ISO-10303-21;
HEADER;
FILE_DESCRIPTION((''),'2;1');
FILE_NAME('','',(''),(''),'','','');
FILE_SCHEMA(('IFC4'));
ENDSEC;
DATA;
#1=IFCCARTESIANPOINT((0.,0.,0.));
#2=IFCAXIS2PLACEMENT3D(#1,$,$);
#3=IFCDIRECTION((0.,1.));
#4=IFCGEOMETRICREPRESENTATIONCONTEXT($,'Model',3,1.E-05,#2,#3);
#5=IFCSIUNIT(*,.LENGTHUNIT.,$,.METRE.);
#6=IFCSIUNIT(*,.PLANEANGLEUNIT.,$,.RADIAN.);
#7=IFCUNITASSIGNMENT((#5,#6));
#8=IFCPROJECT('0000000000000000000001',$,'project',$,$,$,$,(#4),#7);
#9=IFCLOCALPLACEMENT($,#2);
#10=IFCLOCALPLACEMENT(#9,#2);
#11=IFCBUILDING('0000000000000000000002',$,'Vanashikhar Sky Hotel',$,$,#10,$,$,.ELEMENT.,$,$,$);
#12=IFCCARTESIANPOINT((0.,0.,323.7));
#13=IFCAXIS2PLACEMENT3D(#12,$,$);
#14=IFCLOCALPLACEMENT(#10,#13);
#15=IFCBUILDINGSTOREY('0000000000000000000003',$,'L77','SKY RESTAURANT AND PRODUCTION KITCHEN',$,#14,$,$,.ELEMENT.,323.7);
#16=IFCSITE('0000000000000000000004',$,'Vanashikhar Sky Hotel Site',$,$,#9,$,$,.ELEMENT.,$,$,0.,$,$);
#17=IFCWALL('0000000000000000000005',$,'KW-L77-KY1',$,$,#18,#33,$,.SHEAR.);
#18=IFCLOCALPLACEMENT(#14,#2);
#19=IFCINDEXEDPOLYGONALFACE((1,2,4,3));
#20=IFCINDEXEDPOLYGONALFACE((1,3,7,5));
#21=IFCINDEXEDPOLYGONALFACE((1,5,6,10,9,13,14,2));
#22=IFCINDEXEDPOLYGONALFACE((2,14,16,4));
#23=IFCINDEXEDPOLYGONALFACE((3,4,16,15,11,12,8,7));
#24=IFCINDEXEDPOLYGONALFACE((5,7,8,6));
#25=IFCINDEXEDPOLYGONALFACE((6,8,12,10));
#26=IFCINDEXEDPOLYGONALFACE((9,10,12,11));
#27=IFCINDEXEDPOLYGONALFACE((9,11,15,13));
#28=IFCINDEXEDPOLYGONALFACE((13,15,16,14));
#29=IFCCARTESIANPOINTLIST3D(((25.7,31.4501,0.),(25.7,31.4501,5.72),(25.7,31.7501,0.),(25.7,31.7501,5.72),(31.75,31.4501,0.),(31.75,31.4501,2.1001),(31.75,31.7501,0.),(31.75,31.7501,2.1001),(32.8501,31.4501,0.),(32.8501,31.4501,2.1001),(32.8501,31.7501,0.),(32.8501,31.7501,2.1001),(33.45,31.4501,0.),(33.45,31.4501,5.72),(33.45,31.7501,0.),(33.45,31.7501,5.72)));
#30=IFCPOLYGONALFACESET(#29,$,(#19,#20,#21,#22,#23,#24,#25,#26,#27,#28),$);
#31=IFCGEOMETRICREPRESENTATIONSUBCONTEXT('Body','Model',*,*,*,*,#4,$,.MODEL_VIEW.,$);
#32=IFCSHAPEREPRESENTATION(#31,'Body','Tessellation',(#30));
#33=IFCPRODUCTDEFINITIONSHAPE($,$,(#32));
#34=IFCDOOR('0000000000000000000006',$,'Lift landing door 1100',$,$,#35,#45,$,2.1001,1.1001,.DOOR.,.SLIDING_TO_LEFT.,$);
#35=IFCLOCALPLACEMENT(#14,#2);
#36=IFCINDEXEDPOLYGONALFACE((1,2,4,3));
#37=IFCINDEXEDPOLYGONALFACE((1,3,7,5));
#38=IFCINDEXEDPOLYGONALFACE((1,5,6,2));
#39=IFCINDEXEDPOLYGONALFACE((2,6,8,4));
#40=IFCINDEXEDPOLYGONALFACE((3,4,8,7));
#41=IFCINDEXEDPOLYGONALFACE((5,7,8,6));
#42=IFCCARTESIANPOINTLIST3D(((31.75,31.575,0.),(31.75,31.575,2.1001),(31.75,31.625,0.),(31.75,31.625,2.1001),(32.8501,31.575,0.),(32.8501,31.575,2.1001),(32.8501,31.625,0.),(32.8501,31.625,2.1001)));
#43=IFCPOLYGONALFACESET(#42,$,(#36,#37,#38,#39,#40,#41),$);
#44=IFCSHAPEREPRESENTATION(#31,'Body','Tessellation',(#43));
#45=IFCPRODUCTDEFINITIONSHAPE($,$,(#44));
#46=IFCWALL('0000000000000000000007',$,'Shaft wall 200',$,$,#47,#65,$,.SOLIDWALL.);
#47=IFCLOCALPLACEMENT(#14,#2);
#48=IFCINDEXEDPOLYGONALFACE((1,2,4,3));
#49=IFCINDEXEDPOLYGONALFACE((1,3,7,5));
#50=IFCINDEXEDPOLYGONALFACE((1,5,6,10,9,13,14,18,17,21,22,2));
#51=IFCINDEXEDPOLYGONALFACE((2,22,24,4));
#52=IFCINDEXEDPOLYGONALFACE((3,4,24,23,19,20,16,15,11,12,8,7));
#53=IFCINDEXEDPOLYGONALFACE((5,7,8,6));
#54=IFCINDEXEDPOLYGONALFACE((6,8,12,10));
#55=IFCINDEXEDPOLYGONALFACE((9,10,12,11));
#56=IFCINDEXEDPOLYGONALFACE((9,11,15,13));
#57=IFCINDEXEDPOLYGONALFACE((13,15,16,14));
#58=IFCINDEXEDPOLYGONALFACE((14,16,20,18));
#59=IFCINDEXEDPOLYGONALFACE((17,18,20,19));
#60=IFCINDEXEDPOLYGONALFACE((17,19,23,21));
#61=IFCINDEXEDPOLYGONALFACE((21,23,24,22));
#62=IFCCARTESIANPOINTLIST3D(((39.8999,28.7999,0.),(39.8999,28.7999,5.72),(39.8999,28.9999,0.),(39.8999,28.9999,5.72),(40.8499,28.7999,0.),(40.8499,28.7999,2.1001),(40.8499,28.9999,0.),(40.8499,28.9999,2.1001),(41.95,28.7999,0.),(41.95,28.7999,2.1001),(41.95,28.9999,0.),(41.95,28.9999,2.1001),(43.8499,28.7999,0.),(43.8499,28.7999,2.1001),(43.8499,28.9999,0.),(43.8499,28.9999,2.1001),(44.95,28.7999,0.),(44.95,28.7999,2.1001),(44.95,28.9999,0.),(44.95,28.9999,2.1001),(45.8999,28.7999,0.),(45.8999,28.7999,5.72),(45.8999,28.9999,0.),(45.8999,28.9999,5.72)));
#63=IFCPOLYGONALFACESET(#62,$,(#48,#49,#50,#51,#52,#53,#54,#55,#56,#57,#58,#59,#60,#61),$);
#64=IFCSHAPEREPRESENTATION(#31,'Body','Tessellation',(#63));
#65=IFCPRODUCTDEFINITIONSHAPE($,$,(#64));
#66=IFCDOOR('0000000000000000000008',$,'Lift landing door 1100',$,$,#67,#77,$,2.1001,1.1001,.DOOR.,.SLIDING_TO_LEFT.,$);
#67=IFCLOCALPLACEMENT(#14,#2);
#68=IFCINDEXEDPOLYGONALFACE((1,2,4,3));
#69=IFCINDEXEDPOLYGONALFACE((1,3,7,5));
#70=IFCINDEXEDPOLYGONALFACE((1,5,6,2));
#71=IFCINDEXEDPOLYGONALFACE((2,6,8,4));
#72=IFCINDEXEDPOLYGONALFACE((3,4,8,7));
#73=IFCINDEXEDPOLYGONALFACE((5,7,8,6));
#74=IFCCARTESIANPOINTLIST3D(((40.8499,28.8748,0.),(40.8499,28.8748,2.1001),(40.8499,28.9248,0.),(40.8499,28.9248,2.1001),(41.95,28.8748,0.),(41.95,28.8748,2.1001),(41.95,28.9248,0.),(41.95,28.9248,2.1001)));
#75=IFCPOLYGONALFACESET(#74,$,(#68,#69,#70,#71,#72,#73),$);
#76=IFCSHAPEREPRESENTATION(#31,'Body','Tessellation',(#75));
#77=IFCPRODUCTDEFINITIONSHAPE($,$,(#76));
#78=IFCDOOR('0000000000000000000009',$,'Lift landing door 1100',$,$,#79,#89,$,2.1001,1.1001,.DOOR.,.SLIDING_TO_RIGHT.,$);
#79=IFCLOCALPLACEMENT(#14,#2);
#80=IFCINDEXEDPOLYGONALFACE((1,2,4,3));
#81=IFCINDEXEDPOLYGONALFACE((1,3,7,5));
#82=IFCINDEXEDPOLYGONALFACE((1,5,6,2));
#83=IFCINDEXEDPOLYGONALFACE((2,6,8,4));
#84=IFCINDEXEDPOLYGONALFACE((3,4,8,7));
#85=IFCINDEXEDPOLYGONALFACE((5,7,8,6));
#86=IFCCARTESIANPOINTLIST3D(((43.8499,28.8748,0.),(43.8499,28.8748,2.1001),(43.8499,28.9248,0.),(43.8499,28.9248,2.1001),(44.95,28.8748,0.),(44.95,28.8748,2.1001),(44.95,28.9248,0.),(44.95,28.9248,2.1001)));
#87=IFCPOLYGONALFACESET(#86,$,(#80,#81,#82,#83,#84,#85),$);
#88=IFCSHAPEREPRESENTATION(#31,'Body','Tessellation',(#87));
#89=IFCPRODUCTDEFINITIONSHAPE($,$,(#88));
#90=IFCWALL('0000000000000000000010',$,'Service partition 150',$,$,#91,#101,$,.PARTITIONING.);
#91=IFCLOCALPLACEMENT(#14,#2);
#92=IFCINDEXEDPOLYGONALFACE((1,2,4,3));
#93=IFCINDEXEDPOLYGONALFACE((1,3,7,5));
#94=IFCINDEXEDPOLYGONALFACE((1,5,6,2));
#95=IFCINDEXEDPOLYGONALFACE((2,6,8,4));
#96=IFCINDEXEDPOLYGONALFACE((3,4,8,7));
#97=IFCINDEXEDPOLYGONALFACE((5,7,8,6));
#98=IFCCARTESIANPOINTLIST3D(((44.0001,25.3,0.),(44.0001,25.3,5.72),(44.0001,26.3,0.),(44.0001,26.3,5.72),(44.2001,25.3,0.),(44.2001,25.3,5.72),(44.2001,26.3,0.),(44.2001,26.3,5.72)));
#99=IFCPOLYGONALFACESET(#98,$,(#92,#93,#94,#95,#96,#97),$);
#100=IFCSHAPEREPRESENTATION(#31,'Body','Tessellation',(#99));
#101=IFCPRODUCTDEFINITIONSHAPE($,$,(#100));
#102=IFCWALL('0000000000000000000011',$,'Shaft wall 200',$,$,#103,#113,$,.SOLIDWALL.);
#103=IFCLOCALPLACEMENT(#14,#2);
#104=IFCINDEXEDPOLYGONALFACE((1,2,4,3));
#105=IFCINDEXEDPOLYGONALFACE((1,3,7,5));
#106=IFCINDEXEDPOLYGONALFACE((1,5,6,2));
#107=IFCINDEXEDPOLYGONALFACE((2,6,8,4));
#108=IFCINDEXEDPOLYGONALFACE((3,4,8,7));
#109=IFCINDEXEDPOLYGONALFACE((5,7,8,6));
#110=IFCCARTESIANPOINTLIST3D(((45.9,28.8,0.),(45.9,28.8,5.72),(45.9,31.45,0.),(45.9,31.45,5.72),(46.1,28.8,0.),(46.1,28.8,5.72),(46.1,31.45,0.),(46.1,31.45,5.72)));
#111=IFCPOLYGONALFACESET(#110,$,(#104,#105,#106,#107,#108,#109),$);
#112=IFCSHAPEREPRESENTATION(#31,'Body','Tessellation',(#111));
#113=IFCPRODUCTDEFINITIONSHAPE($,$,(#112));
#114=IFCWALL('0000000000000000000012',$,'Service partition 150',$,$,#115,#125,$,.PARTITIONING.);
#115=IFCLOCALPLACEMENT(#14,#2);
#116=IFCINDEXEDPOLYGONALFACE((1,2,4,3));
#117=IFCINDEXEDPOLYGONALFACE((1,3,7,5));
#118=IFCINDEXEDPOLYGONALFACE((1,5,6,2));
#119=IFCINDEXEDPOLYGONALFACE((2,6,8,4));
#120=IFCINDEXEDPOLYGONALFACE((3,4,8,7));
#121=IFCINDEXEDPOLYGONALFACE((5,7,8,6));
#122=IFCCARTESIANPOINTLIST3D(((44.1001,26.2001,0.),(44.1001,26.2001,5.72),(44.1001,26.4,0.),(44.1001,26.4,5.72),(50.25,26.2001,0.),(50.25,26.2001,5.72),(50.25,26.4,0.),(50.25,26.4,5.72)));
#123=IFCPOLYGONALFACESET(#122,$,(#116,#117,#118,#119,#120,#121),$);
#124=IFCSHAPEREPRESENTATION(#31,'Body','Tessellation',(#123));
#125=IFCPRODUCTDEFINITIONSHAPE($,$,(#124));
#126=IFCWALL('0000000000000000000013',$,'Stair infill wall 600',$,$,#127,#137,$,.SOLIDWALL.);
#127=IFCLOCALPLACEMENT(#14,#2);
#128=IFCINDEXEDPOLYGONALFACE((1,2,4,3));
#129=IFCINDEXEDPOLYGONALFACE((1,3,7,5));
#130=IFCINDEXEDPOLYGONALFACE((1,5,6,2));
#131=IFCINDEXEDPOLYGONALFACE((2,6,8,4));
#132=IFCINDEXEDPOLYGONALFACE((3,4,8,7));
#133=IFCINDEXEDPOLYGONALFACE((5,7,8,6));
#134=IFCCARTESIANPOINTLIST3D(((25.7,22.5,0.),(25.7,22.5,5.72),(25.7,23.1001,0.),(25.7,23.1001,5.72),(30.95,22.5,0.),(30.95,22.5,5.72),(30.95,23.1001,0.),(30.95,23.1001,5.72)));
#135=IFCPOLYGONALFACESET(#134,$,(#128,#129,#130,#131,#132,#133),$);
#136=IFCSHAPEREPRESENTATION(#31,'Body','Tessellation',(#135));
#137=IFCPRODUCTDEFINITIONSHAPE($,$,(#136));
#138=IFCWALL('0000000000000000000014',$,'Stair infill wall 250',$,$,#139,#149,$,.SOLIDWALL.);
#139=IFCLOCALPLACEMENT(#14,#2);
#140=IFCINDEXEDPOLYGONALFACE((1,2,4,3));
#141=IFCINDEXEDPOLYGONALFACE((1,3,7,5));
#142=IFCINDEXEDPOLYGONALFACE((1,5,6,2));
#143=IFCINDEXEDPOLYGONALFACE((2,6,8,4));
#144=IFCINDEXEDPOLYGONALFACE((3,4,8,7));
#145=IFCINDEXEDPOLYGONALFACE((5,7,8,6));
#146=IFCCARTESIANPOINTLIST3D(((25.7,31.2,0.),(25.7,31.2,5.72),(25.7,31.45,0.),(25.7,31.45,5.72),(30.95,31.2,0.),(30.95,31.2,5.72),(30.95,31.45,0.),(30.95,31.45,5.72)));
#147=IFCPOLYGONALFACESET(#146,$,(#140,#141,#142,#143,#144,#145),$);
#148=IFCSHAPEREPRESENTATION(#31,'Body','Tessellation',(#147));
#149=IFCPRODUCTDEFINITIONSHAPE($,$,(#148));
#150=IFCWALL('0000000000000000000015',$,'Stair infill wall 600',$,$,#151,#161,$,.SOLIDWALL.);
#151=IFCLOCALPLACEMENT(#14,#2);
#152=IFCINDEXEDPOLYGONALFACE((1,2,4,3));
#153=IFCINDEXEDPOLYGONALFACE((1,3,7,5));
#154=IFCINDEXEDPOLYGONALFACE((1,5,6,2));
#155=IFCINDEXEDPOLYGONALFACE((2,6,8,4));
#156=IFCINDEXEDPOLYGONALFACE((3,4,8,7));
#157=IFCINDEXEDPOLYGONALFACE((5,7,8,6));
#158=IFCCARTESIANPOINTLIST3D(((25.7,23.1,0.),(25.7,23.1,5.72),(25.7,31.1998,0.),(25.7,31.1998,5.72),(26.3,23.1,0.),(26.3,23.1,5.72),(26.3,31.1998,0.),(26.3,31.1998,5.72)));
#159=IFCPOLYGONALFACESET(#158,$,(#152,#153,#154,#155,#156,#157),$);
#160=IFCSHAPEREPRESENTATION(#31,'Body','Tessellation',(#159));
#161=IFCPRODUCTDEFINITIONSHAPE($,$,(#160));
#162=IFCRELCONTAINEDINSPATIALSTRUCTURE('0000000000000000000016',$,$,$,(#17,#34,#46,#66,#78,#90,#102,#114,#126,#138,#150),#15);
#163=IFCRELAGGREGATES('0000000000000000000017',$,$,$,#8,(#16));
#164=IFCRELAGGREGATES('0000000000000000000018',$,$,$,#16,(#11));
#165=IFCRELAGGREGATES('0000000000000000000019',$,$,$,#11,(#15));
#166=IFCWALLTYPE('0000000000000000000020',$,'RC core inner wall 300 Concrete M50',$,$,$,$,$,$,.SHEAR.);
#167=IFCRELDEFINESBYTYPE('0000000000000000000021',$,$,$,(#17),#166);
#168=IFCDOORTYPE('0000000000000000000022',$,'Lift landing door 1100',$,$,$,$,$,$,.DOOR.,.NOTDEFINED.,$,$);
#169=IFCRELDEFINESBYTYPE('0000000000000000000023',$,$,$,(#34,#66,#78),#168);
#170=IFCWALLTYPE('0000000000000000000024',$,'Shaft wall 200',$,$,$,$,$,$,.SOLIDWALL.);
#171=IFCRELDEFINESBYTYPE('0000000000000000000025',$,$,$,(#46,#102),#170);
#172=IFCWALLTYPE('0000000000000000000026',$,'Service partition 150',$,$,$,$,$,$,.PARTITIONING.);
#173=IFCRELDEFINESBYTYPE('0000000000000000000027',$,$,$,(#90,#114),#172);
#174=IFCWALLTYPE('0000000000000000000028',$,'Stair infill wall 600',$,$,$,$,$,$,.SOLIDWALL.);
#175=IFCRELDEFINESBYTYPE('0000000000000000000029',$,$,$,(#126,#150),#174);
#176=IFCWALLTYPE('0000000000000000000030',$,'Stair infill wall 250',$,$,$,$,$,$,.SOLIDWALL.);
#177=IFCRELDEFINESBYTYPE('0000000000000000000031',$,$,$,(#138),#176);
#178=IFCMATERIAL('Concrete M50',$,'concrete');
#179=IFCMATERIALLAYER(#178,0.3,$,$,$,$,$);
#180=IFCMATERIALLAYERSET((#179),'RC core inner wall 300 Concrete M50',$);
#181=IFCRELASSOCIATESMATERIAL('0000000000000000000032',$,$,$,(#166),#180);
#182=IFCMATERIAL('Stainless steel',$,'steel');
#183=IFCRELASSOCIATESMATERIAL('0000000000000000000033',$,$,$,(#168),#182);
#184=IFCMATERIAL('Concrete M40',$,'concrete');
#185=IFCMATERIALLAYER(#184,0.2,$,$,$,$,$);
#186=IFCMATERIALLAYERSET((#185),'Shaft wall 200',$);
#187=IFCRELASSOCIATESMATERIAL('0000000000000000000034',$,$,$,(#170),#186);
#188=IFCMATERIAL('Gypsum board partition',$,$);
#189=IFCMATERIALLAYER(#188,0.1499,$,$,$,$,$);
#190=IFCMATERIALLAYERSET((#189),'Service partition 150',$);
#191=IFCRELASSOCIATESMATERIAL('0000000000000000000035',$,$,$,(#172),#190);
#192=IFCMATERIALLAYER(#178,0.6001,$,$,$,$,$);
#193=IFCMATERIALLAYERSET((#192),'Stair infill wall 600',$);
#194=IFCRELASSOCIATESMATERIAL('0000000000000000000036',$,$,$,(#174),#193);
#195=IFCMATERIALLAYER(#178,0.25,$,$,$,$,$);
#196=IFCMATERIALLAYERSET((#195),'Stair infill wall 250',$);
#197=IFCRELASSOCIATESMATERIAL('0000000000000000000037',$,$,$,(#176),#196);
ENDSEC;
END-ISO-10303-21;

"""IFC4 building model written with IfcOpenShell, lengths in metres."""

from ifc_helpers import new_model, si_unit, direction, frame, frame_2d, origin, place, context, subcontext, project, spatial, rectangle, extrude, source, transform, mapped, material, layer, layer_set, type_object, element, fill, save


model = new_model("IFC4")

# Units and contexts
model_context = context("Model", 3, precision=1e-05, world=origin(), true_north=direction((0.0, 1.0)))
body_context = subcontext(model_context, "Body", "Model", "MODEL_VIEW")
ifc_project = project(units=[si_unit("LENGTHUNIT", "METRE"), si_unit("PLANEANGLEUNIT", "RADIAN")], contexts=[model_context])

# Site, building, storey
site_placement = place(None, origin())
site = spatial("IfcSite", under=ifc_project, at=site_placement, Name="Vanashikhar Sky Hotel Site", CompositionType="ELEMENT", RefElevation=0.0)
building_placement = place(site_placement, origin())
building = spatial("IfcBuilding", under=site, at=building_placement, Name="Vanashikhar Sky Hotel", CompositionType="ELEMENT")
storey_placement = place(building_placement, frame((0.0, 0.0, 323.7)))
storey = spatial("IfcBuildingStorey", under=building, at=storey_placement, Name="L77", Description="SKY RESTAURANT AND PRODUCTION KITCHEN", CompositionType="ELEMENT", Elevation=323.7)

# Wall, opening, door
ifc_material_1 = material(Name="Concrete M50", Category="concrete")
ifc_layer_1 = layer(ifc_material_1, 0.3)
ifc_layer_set_1 = layer_set([ifc_layer_1], Name="RC core inner wall 300 Concrete M50")
wall_type_1 = type_object("IfcWallType", Name="RC core inner wall 300 Concrete M50", PredefinedType="SHEAR", material=ifc_layer_set_1)
shared_shape_1 = source(origin(), body_context, "Body", "SweptSolid", [
    extrude(rectangle(XDim=7.75, YDim=0.3, at=frame_2d((3.875, 0.0))), origin(), (0.0, 0.0, 1.0), 5.72),
])
wall_1_placement = place(storey_placement, frame((25.7, 31.6001, 0.0), z_axis=(0.0, 0.0, 1.0), x_axis=(1.0, 0.0, 0.0)))
wall_1 = element("IfcWall", 1, at=wall_1_placement, inside=storey, type_object=wall_type_1, Name="KW-L77-KY1", PredefinedType="SHEAR", context=body_context, shape_type="MappedRepresentation", body=[
    mapped(shared_shape_1, transform((0.0, 0.0, 0.0), scale=1.0)),
])
shared_shape_2 = source(origin(), body_context, "Body", "SweptSolid", [
    extrude(rectangle(XDim=1.1001, YDim=2.1001, at=frame_2d((0.55, 1.05))), frame((0.0, 0.1602, 0.0), z_axis=(0.0, -1.0, 0.0), x_axis=(1.0, 0.0, 0.0)), (0.0, 0.0, 1.0), 0.3201),
])
opening_1_placement = place(wall_1_placement, frame((6.05, 0.0, 0.0)))
opening_1 = element("IfcOpeningElement", 2, at=opening_1_placement, cuts=wall_1, PredefinedType="OPENING", context=body_context, shape_type="MappedRepresentation", body=[
    mapped(shared_shape_2, transform((0.0, 0.0, 0.0), scale=1.0)),
])
ifc_material_2 = material(Name="Stainless steel", Category="steel")
door_type = type_object("IfcDoorType", Name="Lift landing door 1100", OperationType="NOTDEFINED", PredefinedType="DOOR", material=ifc_material_2)
shared_shape_3 = source(origin(), body_context, "Body", "SweptSolid", [
    extrude(rectangle(XDim=1.1001, YDim=2.1001, at=frame_2d((0.55, 1.05))), frame((0.0, 0.0249, 0.0), z_axis=(0.0, -1.0, 0.0), x_axis=(1.0, 0.0, 0.0)), (0.0, 0.0, 1.0), 0.05),
])
door_1_placement = place(opening_1_placement, origin())
door_1 = element("IfcDoor", 3, at=door_1_placement, inside=storey, type_object=door_type, Name="Lift landing door 1100", OperationType="SLIDING_TO_LEFT", OverallHeight=2.1001, OverallWidth=1.1001, PredefinedType="DOOR", context=body_context, shape_type="MappedRepresentation", body=[
    mapped(shared_shape_3, transform((0.0, 0.0, 0.0), scale=1.0)),
])
fill(opening_1, door_1)

# Wall, openings, doors
ifc_material_3 = material(Name="Concrete M40", Category="concrete")
ifc_layer_2 = layer(ifc_material_3, 0.2)
ifc_layer_set_2 = layer_set([ifc_layer_2], Name="Shaft wall 200")
wall_type_2 = type_object("IfcWallType", Name="Shaft wall 200", PredefinedType="SOLIDWALL", material=ifc_layer_set_2)
shared_shape_4 = source(origin(), body_context, "Body", "SweptSolid", [
    extrude(rectangle(XDim=6.0, YDim=0.2, at=frame_2d((3.0, 0.0))), origin(), (0.0, 0.0, 1.0), 5.72),
])
wall_2_placement = place(storey_placement, frame((39.8999, 28.8999, 0.0), z_axis=(0.0, 0.0, 1.0), x_axis=(1.0, 0.0, 0.0)))
wall_2 = element("IfcWall", 4, at=wall_2_placement, inside=storey, type_object=wall_type_2, Name="Shaft wall 200", PredefinedType="SOLIDWALL", context=body_context, shape_type="MappedRepresentation", body=[
    mapped(shared_shape_4, transform((0.0, 0.0, 0.0), scale=1.0)),
])
shared_shape_5 = source(origin(), body_context, "Body", "SweptSolid", [
    extrude(rectangle(XDim=1.1001, YDim=2.1001, at=frame_2d((0.55, 1.05))), frame((0.0, 0.1099, 0.0), z_axis=(0.0, -1.0, 0.0), x_axis=(1.0, 0.0, 0.0)), (0.0, 0.0, 1.0), 0.22),
])
opening_2_placement = place(wall_2_placement, frame((0.95, 0.0, 0.0)))
opening_2 = element("IfcOpeningElement", 5, at=opening_2_placement, cuts=wall_2, PredefinedType="OPENING", context=body_context, shape_type="MappedRepresentation", body=[
    mapped(shared_shape_5, transform((0.0, 0.0, 0.0), scale=1.0)),
])
opening_3_placement = place(wall_2_placement, frame((3.95, 0.0, 0.0)))
opening_3 = element("IfcOpeningElement", 6, at=opening_3_placement, cuts=wall_2, PredefinedType="OPENING", context=body_context, shape_type="MappedRepresentation", body=[
    mapped(shared_shape_5, transform((0.0, 0.0, 0.0), scale=1.0)),
])
door_2_placement = place(opening_2_placement, origin())
door_2 = element("IfcDoor", 7, at=door_2_placement, inside=storey, type_object=door_type, Name="Lift landing door 1100", OperationType="SLIDING_TO_LEFT", OverallHeight=2.1001, OverallWidth=1.1001, PredefinedType="DOOR", context=body_context, shape_type="MappedRepresentation", body=[
    mapped(shared_shape_3, transform((0.0, 0.0, 0.0), scale=1.0)),
])
fill(opening_2, door_2)
door_3_placement = place(opening_3_placement, origin())
door_3 = element("IfcDoor", 8, at=door_3_placement, inside=storey, type_object=door_type, Name="Lift landing door 1100", OperationType="SLIDING_TO_RIGHT", OverallHeight=2.1001, OverallWidth=1.1001, PredefinedType="DOOR", context=body_context, shape_type="MappedRepresentation", body=[
    mapped(shared_shape_3, transform((0.0, 0.0, 0.0), scale=1.0)),
])
fill(opening_3, door_3)

# Walls
ifc_material_4 = material(Name="Gypsum board partition")
ifc_layer_3 = layer(ifc_material_4, 0.1499)
ifc_layer_set_3 = layer_set([ifc_layer_3], Name="Service partition 150")
wall_type_3 = type_object("IfcWallType", Name="Service partition 150", PredefinedType="PARTITIONING", material=ifc_layer_set_3)
shared_shape_6 = source(origin(), body_context, "Body", "SweptSolid", [
    extrude(rectangle(XDim=1.0, YDim=0.2, at=frame_2d((0.5, 0.0))), origin(), (0.0, 0.0, 1.0), 5.72),
])
wall_3_placement = place(storey_placement, frame((44.1001, 25.3, 0.0), z_axis=(0.0, 0.0, 1.0), x_axis=(0.0, 1.0, 0.0)))
element("IfcWall", 9, at=wall_3_placement, inside=storey, type_object=wall_type_3, Name="Service partition 150", PredefinedType="PARTITIONING", context=body_context, shape_type="MappedRepresentation", body=[
    mapped(shared_shape_6, transform((0.0, 0.0, 0.0), scale=1.0)),
])
shared_shape_7 = source(origin(), body_context, "Body", "SweptSolid", [
    extrude(rectangle(XDim=2.6499, YDim=0.2, at=frame_2d((1.325, 0.0))), origin(), (0.0, 0.0, 1.0), 5.72),
])
wall_4_placement = place(storey_placement, frame((46.0, 28.8, 0.0), z_axis=(0.0, 0.0, 1.0), x_axis=(0.0, 1.0, 0.0)))
element("IfcWall", 10, at=wall_4_placement, inside=storey, type_object=wall_type_2, Name="Shaft wall 200", PredefinedType="SOLIDWALL", context=body_context, shape_type="MappedRepresentation", body=[
    mapped(shared_shape_7, transform((0.0, 0.0, 0.0), scale=1.0)),
])
shared_shape_8 = source(origin(), body_context, "Body", "SweptSolid", [
    extrude(rectangle(XDim=6.1499, YDim=0.2, at=frame_2d((3.075, 0.0))), origin(), (0.0, 0.0, 1.0), 5.72),
])
wall_5_placement = place(storey_placement, frame((44.1001, 26.3, 0.0), z_axis=(0.0, 0.0, 1.0), x_axis=(1.0, 0.0, 0.0)))
element("IfcWall", 11, at=wall_5_placement, inside=storey, type_object=wall_type_3, Name="Service partition 150", PredefinedType="PARTITIONING", context=body_context, shape_type="MappedRepresentation", body=[
    mapped(shared_shape_8, transform((0.0, 0.0, 0.0), scale=1.0)),
])
ifc_layer_4 = layer(ifc_material_1, 0.6001)
ifc_layer_set_4 = layer_set([ifc_layer_4], Name="Stair infill wall 600")
wall_type_4 = type_object("IfcWallType", Name="Stair infill wall 600", PredefinedType="SOLIDWALL", material=ifc_layer_set_4)
shared_shape_9 = source(origin(), body_context, "Body", "SweptSolid", [
    extrude(rectangle(XDim=5.25, YDim=0.6001, at=frame_2d((2.625, 0.0))), origin(), (0.0, 0.0, 1.0), 5.72),
])
wall_6_placement = place(storey_placement, frame((25.7, 22.8, 0.0), z_axis=(0.0, 0.0, 1.0), x_axis=(1.0, 0.0, 0.0)))
element("IfcWall", 12, at=wall_6_placement, inside=storey, type_object=wall_type_4, Name="Stair infill wall 600", PredefinedType="SOLIDWALL", context=body_context, shape_type="MappedRepresentation", body=[
    mapped(shared_shape_9, transform((0.0, 0.0, 0.0), scale=1.0)),
])
ifc_layer_5 = layer(ifc_material_1, 0.25)
ifc_layer_set_5 = layer_set([ifc_layer_5], Name="Stair infill wall 250")
wall_type_5 = type_object("IfcWallType", Name="Stair infill wall 250", PredefinedType="SOLIDWALL", material=ifc_layer_set_5)
shared_shape_10 = source(origin(), body_context, "Body", "SweptSolid", [
    extrude(rectangle(XDim=5.25, YDim=0.25, at=frame_2d((2.625, 0.0))), origin(), (0.0, 0.0, 1.0), 5.72),
])
wall_7_placement = place(storey_placement, frame((25.7, 31.325, 0.0), z_axis=(0.0, 0.0, 1.0), x_axis=(1.0, 0.0, 0.0)))
element("IfcWall", 13, at=wall_7_placement, inside=storey, type_object=wall_type_5, Name="Stair infill wall 250", PredefinedType="SOLIDWALL", context=body_context, shape_type="MappedRepresentation", body=[
    mapped(shared_shape_10, transform((0.0, 0.0, 0.0), scale=1.0)),
])
shared_shape_11 = source(origin(), body_context, "Body", "SweptSolid", [
    extrude(rectangle(XDim=8.0999, YDim=0.6001, at=frame_2d((4.0498, 0.0))), origin(), (0.0, 0.0, 1.0), 5.72),
])
wall_8_placement = place(storey_placement, frame((26.0, 23.1001, 0.0), z_axis=(0.0, 0.0, 1.0), x_axis=(0.0, 1.0, 0.0)))
element("IfcWall", 14, at=wall_8_placement, inside=storey, type_object=wall_type_4, Name="Stair infill wall 600", PredefinedType="SOLIDWALL", context=body_context, shape_type="MappedRepresentation", body=[
    mapped(shared_shape_11, transform((0.0, 0.0, 0.0), scale=1.0)),
])

save(model, "model.ifc")
